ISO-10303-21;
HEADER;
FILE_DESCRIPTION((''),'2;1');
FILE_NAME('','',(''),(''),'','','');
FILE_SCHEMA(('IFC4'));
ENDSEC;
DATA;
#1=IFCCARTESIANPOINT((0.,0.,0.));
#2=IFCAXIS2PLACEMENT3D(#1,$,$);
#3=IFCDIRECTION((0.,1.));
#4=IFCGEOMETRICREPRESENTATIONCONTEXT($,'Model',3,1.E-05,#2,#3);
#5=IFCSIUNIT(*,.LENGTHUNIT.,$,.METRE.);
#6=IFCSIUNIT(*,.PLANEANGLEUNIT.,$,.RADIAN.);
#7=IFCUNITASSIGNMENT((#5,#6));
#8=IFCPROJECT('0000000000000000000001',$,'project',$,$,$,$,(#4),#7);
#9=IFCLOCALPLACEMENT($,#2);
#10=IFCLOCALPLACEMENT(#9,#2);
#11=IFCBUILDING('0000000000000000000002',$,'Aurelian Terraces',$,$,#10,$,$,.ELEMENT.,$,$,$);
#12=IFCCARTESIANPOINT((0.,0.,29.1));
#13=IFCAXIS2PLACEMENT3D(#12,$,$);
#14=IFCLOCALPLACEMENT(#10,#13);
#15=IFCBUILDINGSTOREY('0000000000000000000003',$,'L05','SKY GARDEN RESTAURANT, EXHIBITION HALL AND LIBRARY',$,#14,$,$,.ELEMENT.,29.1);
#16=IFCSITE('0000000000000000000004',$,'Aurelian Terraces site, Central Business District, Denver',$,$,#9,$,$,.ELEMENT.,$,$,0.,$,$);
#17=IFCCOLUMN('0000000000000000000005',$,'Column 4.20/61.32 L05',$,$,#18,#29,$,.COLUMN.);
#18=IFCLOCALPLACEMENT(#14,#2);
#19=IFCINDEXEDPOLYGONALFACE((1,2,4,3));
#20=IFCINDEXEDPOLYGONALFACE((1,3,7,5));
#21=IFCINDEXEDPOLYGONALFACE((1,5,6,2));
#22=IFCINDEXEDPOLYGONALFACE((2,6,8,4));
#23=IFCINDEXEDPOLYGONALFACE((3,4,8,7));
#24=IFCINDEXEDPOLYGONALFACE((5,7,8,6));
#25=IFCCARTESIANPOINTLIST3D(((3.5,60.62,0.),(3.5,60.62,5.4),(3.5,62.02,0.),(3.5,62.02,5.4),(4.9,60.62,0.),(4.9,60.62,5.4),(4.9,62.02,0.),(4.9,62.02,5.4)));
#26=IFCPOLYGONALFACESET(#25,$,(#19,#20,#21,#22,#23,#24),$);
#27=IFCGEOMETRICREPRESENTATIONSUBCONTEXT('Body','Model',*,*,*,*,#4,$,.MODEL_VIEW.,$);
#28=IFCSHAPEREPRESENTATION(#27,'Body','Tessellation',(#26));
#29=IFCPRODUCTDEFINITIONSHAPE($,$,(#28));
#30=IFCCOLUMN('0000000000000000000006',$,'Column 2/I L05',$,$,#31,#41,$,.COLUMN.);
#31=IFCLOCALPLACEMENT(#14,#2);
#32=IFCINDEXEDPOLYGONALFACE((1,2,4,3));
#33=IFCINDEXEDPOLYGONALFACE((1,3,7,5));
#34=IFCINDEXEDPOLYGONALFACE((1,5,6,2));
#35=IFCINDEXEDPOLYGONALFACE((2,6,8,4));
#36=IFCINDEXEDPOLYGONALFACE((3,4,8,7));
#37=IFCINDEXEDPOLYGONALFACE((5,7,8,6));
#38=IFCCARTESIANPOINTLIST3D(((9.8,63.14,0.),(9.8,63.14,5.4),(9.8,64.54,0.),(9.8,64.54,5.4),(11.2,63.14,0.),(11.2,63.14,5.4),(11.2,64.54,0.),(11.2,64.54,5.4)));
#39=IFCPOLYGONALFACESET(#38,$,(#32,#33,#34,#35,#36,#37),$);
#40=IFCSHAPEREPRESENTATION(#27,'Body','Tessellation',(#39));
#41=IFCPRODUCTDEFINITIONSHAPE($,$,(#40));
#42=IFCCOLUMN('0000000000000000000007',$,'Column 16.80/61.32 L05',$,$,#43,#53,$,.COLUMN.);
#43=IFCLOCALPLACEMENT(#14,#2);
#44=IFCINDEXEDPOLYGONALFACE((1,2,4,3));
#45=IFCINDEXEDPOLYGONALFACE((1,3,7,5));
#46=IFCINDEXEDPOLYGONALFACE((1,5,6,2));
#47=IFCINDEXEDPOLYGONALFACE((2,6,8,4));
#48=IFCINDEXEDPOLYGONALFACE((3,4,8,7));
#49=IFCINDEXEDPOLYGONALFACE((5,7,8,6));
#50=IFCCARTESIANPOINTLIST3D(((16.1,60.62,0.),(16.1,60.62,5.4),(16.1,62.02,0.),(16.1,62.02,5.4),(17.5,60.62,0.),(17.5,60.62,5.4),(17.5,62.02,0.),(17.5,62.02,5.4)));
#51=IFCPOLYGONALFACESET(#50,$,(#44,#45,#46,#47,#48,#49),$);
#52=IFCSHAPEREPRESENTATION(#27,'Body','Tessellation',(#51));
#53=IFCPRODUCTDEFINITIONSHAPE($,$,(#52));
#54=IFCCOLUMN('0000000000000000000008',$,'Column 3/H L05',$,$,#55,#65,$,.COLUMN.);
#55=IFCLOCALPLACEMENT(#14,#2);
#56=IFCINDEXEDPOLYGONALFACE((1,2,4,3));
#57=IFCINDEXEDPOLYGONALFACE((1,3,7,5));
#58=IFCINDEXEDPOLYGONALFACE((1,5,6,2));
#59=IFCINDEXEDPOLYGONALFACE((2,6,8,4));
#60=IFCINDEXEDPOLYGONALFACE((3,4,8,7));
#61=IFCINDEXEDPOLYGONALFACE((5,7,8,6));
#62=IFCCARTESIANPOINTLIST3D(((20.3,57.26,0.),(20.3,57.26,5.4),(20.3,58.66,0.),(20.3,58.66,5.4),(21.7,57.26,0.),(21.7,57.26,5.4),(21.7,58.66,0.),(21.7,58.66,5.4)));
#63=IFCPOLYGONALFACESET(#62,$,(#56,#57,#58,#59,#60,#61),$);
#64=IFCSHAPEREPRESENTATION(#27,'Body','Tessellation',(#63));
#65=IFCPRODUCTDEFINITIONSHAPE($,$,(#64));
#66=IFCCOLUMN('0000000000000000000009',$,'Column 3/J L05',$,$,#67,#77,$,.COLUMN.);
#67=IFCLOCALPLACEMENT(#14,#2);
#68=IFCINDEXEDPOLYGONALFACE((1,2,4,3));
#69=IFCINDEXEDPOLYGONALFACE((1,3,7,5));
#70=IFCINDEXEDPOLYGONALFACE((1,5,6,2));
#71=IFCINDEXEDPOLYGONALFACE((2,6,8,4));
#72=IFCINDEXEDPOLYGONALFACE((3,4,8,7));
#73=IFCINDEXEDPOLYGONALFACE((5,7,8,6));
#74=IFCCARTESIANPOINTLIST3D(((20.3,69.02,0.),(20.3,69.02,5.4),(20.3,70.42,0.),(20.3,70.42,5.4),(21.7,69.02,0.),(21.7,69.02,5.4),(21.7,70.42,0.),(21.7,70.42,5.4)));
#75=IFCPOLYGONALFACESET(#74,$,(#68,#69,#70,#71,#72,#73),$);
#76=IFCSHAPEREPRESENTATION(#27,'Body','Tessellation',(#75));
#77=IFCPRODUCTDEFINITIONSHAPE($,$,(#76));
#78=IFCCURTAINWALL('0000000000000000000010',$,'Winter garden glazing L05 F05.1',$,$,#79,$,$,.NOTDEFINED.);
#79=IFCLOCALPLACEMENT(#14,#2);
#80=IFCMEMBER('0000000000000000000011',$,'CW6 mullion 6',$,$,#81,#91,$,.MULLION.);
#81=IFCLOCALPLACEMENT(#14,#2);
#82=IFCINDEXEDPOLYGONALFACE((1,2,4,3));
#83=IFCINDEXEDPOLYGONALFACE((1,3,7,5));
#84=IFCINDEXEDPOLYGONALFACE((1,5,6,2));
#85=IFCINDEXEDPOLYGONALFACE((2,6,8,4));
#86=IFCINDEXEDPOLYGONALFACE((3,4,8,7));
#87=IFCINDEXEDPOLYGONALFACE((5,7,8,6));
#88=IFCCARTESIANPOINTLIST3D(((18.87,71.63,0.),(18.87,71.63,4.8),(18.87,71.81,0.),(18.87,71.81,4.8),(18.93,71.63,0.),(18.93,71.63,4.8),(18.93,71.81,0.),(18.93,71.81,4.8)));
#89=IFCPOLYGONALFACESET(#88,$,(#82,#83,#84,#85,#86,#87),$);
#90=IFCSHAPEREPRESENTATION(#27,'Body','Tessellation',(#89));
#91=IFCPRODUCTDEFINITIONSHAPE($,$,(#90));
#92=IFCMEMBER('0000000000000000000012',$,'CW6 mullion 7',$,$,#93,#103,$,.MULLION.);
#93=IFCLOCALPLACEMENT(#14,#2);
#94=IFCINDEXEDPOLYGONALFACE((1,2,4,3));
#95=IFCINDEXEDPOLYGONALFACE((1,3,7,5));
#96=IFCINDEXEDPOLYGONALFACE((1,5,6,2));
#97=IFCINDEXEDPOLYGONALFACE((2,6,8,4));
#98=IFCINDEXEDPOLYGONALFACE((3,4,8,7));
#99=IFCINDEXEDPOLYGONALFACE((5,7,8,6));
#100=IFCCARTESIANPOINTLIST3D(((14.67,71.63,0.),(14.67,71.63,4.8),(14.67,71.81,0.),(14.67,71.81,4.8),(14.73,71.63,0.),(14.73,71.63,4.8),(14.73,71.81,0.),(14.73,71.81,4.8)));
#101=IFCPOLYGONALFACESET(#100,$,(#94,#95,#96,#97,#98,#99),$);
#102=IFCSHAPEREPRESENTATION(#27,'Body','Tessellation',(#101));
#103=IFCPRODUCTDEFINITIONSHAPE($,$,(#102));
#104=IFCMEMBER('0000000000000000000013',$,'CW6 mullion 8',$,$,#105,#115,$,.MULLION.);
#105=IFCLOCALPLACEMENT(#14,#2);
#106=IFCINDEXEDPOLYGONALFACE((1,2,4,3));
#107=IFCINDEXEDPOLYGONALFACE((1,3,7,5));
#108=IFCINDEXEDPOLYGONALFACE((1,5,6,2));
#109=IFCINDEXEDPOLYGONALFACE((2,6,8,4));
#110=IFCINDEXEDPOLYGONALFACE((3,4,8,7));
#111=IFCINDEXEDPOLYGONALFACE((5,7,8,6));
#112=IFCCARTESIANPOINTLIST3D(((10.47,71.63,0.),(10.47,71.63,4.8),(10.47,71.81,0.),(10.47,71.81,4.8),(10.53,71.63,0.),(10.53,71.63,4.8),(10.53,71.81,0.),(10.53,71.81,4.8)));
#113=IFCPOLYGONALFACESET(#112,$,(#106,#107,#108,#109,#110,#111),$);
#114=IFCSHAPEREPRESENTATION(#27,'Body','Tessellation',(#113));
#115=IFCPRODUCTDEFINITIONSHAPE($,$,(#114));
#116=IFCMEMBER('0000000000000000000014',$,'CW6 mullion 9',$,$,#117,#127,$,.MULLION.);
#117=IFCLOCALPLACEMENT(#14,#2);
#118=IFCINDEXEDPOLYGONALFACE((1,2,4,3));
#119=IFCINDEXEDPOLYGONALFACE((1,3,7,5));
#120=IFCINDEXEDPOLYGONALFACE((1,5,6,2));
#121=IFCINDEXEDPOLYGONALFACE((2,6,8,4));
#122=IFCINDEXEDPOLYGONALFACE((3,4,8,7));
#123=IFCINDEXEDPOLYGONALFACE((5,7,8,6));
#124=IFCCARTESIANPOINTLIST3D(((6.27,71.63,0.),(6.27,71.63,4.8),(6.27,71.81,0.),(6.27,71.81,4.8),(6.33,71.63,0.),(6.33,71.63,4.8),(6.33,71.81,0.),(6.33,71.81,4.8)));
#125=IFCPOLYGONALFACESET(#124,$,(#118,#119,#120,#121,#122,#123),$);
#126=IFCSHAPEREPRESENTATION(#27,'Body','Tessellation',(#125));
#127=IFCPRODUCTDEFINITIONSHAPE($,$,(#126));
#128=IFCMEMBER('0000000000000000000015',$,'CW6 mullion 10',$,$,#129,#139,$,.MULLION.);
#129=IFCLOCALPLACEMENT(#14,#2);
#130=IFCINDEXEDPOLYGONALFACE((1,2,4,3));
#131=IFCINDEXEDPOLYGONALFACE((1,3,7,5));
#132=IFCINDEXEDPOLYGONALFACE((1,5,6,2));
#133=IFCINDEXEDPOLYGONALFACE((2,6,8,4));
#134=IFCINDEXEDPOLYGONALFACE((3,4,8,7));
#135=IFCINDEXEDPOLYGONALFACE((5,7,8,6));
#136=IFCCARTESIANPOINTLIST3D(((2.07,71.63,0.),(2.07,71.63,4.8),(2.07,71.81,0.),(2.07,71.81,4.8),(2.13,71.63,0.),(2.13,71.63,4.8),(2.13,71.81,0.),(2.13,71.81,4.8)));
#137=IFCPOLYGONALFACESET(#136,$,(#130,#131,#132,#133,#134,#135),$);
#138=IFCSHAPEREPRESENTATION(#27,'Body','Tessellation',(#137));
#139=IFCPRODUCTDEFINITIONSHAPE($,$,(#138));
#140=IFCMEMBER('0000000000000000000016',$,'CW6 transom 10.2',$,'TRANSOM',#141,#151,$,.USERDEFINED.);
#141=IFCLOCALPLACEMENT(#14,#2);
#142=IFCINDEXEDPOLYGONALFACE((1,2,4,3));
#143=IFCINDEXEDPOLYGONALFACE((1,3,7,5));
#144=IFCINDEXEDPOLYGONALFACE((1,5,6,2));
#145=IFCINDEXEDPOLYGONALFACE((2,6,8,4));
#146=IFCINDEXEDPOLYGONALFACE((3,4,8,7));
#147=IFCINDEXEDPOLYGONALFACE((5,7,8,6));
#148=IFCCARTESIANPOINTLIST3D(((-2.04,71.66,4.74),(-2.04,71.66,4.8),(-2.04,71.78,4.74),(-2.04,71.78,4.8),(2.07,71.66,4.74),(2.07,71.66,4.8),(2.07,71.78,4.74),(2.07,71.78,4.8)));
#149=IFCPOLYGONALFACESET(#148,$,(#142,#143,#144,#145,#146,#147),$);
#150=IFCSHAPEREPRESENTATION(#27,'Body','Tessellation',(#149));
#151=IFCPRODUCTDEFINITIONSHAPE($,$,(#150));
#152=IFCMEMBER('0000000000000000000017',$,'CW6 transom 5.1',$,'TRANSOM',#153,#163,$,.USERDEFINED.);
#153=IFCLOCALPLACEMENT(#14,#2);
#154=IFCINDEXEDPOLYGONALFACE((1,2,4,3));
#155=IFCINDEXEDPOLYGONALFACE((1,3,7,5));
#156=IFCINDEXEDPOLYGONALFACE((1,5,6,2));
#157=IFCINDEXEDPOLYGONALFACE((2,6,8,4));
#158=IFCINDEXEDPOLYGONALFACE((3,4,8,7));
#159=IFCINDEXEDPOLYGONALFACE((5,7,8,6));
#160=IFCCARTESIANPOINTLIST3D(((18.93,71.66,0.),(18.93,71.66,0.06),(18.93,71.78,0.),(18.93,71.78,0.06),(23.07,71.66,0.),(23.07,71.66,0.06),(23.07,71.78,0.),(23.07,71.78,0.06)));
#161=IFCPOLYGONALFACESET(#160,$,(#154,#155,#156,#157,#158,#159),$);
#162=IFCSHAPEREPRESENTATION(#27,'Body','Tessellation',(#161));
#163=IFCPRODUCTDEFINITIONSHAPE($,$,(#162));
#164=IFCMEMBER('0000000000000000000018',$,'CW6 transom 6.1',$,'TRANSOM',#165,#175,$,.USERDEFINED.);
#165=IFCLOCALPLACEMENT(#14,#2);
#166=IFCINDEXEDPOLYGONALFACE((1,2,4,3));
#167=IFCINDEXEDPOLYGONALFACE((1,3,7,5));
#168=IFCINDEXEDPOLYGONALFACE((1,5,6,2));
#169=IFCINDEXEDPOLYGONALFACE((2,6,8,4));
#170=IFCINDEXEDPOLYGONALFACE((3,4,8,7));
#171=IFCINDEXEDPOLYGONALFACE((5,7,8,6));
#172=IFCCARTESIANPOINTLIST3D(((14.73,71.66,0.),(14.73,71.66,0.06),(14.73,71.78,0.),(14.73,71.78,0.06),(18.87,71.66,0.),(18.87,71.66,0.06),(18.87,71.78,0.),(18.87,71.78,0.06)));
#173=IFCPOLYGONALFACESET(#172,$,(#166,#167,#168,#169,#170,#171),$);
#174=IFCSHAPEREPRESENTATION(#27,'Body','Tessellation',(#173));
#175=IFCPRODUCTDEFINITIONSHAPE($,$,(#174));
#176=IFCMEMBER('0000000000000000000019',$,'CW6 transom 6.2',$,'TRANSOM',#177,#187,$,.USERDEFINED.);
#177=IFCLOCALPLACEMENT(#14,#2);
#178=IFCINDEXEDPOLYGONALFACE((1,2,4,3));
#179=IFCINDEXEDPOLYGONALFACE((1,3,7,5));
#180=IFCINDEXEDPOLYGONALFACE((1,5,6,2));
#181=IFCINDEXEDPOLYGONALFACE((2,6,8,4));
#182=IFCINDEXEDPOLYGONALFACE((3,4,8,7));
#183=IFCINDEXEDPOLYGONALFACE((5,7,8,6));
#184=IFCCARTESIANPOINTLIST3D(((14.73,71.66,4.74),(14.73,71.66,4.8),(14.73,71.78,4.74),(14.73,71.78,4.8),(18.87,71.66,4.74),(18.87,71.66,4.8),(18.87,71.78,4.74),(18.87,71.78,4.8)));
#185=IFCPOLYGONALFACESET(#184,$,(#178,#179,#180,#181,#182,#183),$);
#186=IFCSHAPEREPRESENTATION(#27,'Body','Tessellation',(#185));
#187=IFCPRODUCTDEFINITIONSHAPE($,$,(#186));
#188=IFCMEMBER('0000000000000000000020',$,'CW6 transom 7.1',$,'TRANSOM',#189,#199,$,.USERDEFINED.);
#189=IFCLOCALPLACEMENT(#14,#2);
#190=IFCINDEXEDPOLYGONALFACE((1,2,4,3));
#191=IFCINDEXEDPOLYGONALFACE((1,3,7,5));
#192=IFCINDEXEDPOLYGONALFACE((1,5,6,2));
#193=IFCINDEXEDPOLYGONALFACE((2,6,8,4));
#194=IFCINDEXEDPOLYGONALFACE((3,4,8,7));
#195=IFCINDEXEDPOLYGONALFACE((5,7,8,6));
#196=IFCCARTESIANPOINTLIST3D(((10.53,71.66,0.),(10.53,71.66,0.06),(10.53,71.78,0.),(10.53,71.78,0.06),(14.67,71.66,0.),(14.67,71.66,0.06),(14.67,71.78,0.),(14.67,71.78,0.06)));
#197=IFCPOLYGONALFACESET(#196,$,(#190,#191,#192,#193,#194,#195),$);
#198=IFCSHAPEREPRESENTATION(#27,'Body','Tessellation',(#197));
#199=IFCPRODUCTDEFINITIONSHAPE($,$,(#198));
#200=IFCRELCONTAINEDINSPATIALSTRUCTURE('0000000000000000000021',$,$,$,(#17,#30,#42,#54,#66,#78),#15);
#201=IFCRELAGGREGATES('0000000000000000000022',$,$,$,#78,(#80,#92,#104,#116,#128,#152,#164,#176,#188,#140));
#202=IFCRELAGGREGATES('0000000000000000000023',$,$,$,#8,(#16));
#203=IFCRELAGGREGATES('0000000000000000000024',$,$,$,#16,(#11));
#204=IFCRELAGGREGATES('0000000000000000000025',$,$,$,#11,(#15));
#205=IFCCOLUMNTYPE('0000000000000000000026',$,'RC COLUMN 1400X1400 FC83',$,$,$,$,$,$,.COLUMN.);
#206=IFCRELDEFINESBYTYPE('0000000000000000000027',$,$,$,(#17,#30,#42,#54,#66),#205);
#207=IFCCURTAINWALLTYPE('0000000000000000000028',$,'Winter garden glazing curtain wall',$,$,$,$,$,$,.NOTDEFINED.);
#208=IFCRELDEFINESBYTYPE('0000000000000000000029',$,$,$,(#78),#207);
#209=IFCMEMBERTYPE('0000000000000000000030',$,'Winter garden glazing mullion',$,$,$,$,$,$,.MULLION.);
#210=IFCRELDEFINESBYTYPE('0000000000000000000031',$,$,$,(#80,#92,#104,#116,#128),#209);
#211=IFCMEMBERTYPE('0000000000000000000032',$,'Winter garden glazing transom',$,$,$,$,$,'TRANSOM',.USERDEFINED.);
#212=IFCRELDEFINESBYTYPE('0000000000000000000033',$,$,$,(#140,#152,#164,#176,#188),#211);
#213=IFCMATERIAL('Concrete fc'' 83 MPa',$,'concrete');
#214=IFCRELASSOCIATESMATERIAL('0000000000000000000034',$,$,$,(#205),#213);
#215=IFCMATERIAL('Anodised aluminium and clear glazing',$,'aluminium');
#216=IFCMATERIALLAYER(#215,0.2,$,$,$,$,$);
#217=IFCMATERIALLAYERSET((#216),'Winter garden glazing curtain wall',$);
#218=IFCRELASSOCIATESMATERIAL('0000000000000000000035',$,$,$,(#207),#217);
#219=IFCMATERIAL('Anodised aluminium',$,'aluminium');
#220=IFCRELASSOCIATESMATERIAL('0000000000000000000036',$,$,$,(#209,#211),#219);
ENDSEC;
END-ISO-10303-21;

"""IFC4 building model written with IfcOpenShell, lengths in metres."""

from ifc_helpers import new_model, si_unit, direction, frame, origin, origin_2d, place, context, subcontext, project, spatial, rectangle, extrude, source, transform, mapped, material, layer, layer_set, material_profile, profile_set, type_object, element, aggregate, save


model = new_model("IFC4")

# Units and contexts
model_context = context("Model", 3, precision=1e-05, world=origin(), true_north=direction((0.0, 1.0)))
body_context = subcontext(model_context, "Body", "Model", "MODEL_VIEW")
ifc_project = project(units=[si_unit("LENGTHUNIT", "METRE"), si_unit("PLANEANGLEUNIT", "RADIAN")], contexts=[model_context])

# Site, building, storey
site_placement = place(None, origin())
site = spatial("IfcSite", under=ifc_project, at=site_placement, Name="Aurelian Terraces site, Central Business District, Denver", CompositionType="ELEMENT", RefElevation=0.0)
building_placement = place(site_placement, origin())
building = spatial("IfcBuilding", under=site, at=building_placement, Name="Aurelian Terraces", CompositionType="ELEMENT")
storey_placement = place(building_placement, frame((0.0, 0.0, 29.1)))
storey = spatial("IfcBuildingStorey", under=building, at=storey_placement, Name="L05", Description="SKY GARDEN RESTAURANT, EXHIBITION HALL AND LIBRARY", CompositionType="ELEMENT", Elevation=29.1)

# Columns
ifc_material_1 = material(Name="Concrete fc' 83 MPa", Category="concrete")
ifc_material_profile_1 = material_profile(ifc_material_1, rectangle(XDim=1.4, YDim=1.4, at=origin_2d()))
ifc_profile_set_1 = profile_set([ifc_material_profile_1], Name="Concrete fc' 83 MPa")
column_type = type_object("IfcColumnType", Name="RC COLUMN 1400X1400 FC83", PredefinedType="COLUMN", material=ifc_profile_set_1)
shared_shape_1 = source(origin(), body_context, "Body", "SweptSolid", [
    extrude(rectangle(XDim=1.4, YDim=1.4, at=origin_2d()), origin(), (0.0, 0.0, 1.0), 5.4),
])
for number, where, z_axis, x_axis, name in (
    (1, (4.2, 61.32, 0.0), (0.0, 0.0, 1.0), (1.0, 0.0, 0.0), "Column 4.20/61.32 L05"),
    (2, (10.5, 63.84, 0.0), (0.0, 0.0, 1.0), (1.0, 0.0, 0.0), "Column 2/I L05"),
    (3, (16.8, 61.32, 0.0), (0.0, 0.0, 1.0), (1.0, 0.0, 0.0), "Column 16.80/61.32 L05"),
    (4, (21.0, 57.96, 0.0), (0.0, 0.0, 1.0), (1.0, 0.0, 0.0), "Column 3/H L05"),
    (5, (21.0, 69.72, 0.0), (0.0, 0.0, 1.0), (1.0, 0.0, 0.0), "Column 3/J L05"),
):
    element("IfcColumn", number, at=place(storey_placement, frame(where, z_axis=z_axis, x_axis=x_axis)), inside=storey, type_object=column_type, Name=name, PredefinedType="COLUMN", context=body_context, shape_type="MappedRepresentation", body=[
        mapped(shared_shape_1, transform((0.0, 0.0, 0.0), scale=1.0)),
    ])

# Curtain wall, members
ifc_material_2 = material(Name="Anodised aluminium and clear glazing", Category="aluminium")
ifc_layer_1 = layer(ifc_material_2, 0.2)
ifc_layer_set_1 = layer_set([ifc_layer_1], Name="Winter garden glazing curtain wall")
curtain_wall_type = type_object("IfcCurtainWallType", Name="Winter garden glazing curtain wall", PredefinedType="NOTDEFINED", material=ifc_layer_set_1)
curtain_wall_placement = place(storey_placement, origin())
curtain_wall = element("IfcCurtainWall", 6, at=curtain_wall_placement, inside=storey, type_object=curtain_wall_type, Name="Winter garden glazing L05 F05.1", PredefinedType="NOTDEFINED")
ifc_material_3 = material(Name="Anodised aluminium", Category="aluminium")
ifc_material_profile_2 = material_profile(ifc_material_3, rectangle(XDim=0.18, YDim=0.06, at=origin_2d()))
ifc_profile_set_2 = profile_set([ifc_material_profile_2], Name="Anodised aluminium")
member_type_1 = type_object("IfcMemberType", Name="Winter garden glazing mullion", PredefinedType="MULLION", material=ifc_profile_set_2)
shared_shape_2 = source(origin(), body_context, "Body", "SweptSolid", [
    extrude(rectangle(XDim=0.18, YDim=0.06, at=origin_2d()), origin(), (0.0, 0.0, 1.0), 4.8),
])
member_1_placement = place(storey_placement, frame((18.9, 71.72, 0.0), z_axis=(0.0, 0.0, 1.0), x_axis=(0.0, -1.0, 0.0)))
member_1 = element("IfcMember", 7, at=member_1_placement, type_object=member_type_1, Name="CW6 mullion 6", PredefinedType="MULLION", context=body_context, shape_type="MappedRepresentation", body=[
    mapped(shared_shape_2, transform((0.0, 0.0, 0.0), scale=1.0)),
])
member_2_placement = place(storey_placement, frame((14.7, 71.72, 0.0), z_axis=(0.0, 0.0, 1.0), x_axis=(0.0, -1.0, 0.0)))
member_2 = element("IfcMember", 8, at=member_2_placement, type_object=member_type_1, Name="CW6 mullion 7", PredefinedType="MULLION", context=body_context, shape_type="MappedRepresentation", body=[
    mapped(shared_shape_2, transform((0.0, 0.0, 0.0), scale=1.0)),
])
member_3_placement = place(storey_placement, frame((10.5, 71.72, 0.0), z_axis=(0.0, 0.0, 1.0), x_axis=(0.0, -1.0, 0.0)))
member_3 = element("IfcMember", 9, at=member_3_placement, type_object=member_type_1, Name="CW6 mullion 8", PredefinedType="MULLION", context=body_context, shape_type="MappedRepresentation", body=[
    mapped(shared_shape_2, transform((0.0, 0.0, 0.0), scale=1.0)),
])
member_4_placement = place(storey_placement, frame((6.3, 71.72, 0.0), z_axis=(0.0, 0.0, 1.0), x_axis=(0.0, -1.0, 0.0)))
member_4 = element("IfcMember", 10, at=member_4_placement, type_object=member_type_1, Name="CW6 mullion 9", PredefinedType="MULLION", context=body_context, shape_type="MappedRepresentation", body=[
    mapped(shared_shape_2, transform((0.0, 0.0, 0.0), scale=1.0)),
])
member_5_placement = place(storey_placement, frame((2.1, 71.72, 0.0), z_axis=(0.0, 0.0, 1.0), x_axis=(0.0, -1.0, 0.0)))
member_5 = element("IfcMember", 11, at=member_5_placement, type_object=member_type_1, Name="CW6 mullion 10", PredefinedType="MULLION", context=body_context, shape_type="MappedRepresentation", body=[
    mapped(shared_shape_2, transform((0.0, 0.0, 0.0), scale=1.0)),
])
ifc_material_profile_3 = material_profile(ifc_material_3, rectangle(XDim=0.12, YDim=0.06, at=origin_2d()))
ifc_profile_set_3 = profile_set([ifc_material_profile_3], Name="Anodised aluminium")
member_type_2 = type_object("IfcMemberType", Name="Winter garden glazing transom", ElementType="TRANSOM", PredefinedType="USERDEFINED", material=ifc_profile_set_3)
shared_shape_3 = source(origin(), body_context, "Body", "SweptSolid", [
    extrude(rectangle(XDim=0.12, YDim=0.06, at=origin_2d()), origin(), (0.0, 0.0, 1.0), 4.11),
])
member_6_placement = place(storey_placement, frame((2.07, 71.72, 4.77), z_axis=(-1.0, 0.0, 0.0), x_axis=(0.0, -1.0, 0.0)))
member_6 = element("IfcMember", 12, at=member_6_placement, type_object=member_type_2, Name="CW6 transom 10.2", ObjectType="TRANSOM", PredefinedType="USERDEFINED", context=body_context, shape_type="MappedRepresentation", body=[
    mapped(shared_shape_3, transform((0.0, 0.0, 0.0), scale=1.0)),
])
shared_shape_4 = source(origin(), body_context, "Body", "SweptSolid", [
    extrude(rectangle(XDim=0.12, YDim=0.06, at=origin_2d()), origin(), (0.0, 0.0, 1.0), 4.14),
])
member_7_placement = place(storey_placement, frame((23.07, 71.72, 0.03), z_axis=(-1.0, 0.0, 0.0), x_axis=(0.0, -1.0, 0.0)))
member_7 = element("IfcMember", 13, at=member_7_placement, type_object=member_type_2, Name="CW6 transom 5.1", ObjectType="TRANSOM", PredefinedType="USERDEFINED", context=body_context, shape_type="MappedRepresentation", body=[
    mapped(shared_shape_4, transform((0.0, 0.0, 0.0), scale=1.0)),
])
member_8_placement = place(storey_placement, frame((18.87, 71.72, 0.03), z_axis=(-1.0, 0.0, 0.0), x_axis=(0.0, -1.0, 0.0)))
member_8 = element("IfcMember", 14, at=member_8_placement, type_object=member_type_2, Name="CW6 transom 6.1", ObjectType="TRANSOM", PredefinedType="USERDEFINED", context=body_context, shape_type="MappedRepresentation", body=[
    mapped(shared_shape_4, transform((0.0, 0.0, 0.0), scale=1.0)),
])
member_9_placement = place(storey_placement, frame((18.87, 71.72, 4.77), z_axis=(-1.0, 0.0, 0.0), x_axis=(0.0, -1.0, 0.0)))
member_9 = element("IfcMember", 15, at=member_9_placement, type_object=member_type_2, Name="CW6 transom 6.2", ObjectType="TRANSOM", PredefinedType="USERDEFINED", context=body_context, shape_type="MappedRepresentation", body=[
    mapped(shared_shape_4, transform((0.0, 0.0, 0.0), scale=1.0)),
])
member_10_placement = place(storey_placement, frame((14.67, 71.72, 0.03), z_axis=(-1.0, 0.0, 0.0), x_axis=(0.0, -1.0, 0.0)))
member_10 = element("IfcMember", 16, at=member_10_placement, type_object=member_type_2, Name="CW6 transom 7.1", ObjectType="TRANSOM", PredefinedType="USERDEFINED", context=body_context, shape_type="MappedRepresentation", body=[
    mapped(shared_shape_4, transform((0.0, 0.0, 0.0), scale=1.0)),
])
aggregate(curtain_wall, [member_1, member_2, member_3, member_4, member_5, member_7, member_8, member_9, member_10, member_6])

save(model, "model.ifc")
